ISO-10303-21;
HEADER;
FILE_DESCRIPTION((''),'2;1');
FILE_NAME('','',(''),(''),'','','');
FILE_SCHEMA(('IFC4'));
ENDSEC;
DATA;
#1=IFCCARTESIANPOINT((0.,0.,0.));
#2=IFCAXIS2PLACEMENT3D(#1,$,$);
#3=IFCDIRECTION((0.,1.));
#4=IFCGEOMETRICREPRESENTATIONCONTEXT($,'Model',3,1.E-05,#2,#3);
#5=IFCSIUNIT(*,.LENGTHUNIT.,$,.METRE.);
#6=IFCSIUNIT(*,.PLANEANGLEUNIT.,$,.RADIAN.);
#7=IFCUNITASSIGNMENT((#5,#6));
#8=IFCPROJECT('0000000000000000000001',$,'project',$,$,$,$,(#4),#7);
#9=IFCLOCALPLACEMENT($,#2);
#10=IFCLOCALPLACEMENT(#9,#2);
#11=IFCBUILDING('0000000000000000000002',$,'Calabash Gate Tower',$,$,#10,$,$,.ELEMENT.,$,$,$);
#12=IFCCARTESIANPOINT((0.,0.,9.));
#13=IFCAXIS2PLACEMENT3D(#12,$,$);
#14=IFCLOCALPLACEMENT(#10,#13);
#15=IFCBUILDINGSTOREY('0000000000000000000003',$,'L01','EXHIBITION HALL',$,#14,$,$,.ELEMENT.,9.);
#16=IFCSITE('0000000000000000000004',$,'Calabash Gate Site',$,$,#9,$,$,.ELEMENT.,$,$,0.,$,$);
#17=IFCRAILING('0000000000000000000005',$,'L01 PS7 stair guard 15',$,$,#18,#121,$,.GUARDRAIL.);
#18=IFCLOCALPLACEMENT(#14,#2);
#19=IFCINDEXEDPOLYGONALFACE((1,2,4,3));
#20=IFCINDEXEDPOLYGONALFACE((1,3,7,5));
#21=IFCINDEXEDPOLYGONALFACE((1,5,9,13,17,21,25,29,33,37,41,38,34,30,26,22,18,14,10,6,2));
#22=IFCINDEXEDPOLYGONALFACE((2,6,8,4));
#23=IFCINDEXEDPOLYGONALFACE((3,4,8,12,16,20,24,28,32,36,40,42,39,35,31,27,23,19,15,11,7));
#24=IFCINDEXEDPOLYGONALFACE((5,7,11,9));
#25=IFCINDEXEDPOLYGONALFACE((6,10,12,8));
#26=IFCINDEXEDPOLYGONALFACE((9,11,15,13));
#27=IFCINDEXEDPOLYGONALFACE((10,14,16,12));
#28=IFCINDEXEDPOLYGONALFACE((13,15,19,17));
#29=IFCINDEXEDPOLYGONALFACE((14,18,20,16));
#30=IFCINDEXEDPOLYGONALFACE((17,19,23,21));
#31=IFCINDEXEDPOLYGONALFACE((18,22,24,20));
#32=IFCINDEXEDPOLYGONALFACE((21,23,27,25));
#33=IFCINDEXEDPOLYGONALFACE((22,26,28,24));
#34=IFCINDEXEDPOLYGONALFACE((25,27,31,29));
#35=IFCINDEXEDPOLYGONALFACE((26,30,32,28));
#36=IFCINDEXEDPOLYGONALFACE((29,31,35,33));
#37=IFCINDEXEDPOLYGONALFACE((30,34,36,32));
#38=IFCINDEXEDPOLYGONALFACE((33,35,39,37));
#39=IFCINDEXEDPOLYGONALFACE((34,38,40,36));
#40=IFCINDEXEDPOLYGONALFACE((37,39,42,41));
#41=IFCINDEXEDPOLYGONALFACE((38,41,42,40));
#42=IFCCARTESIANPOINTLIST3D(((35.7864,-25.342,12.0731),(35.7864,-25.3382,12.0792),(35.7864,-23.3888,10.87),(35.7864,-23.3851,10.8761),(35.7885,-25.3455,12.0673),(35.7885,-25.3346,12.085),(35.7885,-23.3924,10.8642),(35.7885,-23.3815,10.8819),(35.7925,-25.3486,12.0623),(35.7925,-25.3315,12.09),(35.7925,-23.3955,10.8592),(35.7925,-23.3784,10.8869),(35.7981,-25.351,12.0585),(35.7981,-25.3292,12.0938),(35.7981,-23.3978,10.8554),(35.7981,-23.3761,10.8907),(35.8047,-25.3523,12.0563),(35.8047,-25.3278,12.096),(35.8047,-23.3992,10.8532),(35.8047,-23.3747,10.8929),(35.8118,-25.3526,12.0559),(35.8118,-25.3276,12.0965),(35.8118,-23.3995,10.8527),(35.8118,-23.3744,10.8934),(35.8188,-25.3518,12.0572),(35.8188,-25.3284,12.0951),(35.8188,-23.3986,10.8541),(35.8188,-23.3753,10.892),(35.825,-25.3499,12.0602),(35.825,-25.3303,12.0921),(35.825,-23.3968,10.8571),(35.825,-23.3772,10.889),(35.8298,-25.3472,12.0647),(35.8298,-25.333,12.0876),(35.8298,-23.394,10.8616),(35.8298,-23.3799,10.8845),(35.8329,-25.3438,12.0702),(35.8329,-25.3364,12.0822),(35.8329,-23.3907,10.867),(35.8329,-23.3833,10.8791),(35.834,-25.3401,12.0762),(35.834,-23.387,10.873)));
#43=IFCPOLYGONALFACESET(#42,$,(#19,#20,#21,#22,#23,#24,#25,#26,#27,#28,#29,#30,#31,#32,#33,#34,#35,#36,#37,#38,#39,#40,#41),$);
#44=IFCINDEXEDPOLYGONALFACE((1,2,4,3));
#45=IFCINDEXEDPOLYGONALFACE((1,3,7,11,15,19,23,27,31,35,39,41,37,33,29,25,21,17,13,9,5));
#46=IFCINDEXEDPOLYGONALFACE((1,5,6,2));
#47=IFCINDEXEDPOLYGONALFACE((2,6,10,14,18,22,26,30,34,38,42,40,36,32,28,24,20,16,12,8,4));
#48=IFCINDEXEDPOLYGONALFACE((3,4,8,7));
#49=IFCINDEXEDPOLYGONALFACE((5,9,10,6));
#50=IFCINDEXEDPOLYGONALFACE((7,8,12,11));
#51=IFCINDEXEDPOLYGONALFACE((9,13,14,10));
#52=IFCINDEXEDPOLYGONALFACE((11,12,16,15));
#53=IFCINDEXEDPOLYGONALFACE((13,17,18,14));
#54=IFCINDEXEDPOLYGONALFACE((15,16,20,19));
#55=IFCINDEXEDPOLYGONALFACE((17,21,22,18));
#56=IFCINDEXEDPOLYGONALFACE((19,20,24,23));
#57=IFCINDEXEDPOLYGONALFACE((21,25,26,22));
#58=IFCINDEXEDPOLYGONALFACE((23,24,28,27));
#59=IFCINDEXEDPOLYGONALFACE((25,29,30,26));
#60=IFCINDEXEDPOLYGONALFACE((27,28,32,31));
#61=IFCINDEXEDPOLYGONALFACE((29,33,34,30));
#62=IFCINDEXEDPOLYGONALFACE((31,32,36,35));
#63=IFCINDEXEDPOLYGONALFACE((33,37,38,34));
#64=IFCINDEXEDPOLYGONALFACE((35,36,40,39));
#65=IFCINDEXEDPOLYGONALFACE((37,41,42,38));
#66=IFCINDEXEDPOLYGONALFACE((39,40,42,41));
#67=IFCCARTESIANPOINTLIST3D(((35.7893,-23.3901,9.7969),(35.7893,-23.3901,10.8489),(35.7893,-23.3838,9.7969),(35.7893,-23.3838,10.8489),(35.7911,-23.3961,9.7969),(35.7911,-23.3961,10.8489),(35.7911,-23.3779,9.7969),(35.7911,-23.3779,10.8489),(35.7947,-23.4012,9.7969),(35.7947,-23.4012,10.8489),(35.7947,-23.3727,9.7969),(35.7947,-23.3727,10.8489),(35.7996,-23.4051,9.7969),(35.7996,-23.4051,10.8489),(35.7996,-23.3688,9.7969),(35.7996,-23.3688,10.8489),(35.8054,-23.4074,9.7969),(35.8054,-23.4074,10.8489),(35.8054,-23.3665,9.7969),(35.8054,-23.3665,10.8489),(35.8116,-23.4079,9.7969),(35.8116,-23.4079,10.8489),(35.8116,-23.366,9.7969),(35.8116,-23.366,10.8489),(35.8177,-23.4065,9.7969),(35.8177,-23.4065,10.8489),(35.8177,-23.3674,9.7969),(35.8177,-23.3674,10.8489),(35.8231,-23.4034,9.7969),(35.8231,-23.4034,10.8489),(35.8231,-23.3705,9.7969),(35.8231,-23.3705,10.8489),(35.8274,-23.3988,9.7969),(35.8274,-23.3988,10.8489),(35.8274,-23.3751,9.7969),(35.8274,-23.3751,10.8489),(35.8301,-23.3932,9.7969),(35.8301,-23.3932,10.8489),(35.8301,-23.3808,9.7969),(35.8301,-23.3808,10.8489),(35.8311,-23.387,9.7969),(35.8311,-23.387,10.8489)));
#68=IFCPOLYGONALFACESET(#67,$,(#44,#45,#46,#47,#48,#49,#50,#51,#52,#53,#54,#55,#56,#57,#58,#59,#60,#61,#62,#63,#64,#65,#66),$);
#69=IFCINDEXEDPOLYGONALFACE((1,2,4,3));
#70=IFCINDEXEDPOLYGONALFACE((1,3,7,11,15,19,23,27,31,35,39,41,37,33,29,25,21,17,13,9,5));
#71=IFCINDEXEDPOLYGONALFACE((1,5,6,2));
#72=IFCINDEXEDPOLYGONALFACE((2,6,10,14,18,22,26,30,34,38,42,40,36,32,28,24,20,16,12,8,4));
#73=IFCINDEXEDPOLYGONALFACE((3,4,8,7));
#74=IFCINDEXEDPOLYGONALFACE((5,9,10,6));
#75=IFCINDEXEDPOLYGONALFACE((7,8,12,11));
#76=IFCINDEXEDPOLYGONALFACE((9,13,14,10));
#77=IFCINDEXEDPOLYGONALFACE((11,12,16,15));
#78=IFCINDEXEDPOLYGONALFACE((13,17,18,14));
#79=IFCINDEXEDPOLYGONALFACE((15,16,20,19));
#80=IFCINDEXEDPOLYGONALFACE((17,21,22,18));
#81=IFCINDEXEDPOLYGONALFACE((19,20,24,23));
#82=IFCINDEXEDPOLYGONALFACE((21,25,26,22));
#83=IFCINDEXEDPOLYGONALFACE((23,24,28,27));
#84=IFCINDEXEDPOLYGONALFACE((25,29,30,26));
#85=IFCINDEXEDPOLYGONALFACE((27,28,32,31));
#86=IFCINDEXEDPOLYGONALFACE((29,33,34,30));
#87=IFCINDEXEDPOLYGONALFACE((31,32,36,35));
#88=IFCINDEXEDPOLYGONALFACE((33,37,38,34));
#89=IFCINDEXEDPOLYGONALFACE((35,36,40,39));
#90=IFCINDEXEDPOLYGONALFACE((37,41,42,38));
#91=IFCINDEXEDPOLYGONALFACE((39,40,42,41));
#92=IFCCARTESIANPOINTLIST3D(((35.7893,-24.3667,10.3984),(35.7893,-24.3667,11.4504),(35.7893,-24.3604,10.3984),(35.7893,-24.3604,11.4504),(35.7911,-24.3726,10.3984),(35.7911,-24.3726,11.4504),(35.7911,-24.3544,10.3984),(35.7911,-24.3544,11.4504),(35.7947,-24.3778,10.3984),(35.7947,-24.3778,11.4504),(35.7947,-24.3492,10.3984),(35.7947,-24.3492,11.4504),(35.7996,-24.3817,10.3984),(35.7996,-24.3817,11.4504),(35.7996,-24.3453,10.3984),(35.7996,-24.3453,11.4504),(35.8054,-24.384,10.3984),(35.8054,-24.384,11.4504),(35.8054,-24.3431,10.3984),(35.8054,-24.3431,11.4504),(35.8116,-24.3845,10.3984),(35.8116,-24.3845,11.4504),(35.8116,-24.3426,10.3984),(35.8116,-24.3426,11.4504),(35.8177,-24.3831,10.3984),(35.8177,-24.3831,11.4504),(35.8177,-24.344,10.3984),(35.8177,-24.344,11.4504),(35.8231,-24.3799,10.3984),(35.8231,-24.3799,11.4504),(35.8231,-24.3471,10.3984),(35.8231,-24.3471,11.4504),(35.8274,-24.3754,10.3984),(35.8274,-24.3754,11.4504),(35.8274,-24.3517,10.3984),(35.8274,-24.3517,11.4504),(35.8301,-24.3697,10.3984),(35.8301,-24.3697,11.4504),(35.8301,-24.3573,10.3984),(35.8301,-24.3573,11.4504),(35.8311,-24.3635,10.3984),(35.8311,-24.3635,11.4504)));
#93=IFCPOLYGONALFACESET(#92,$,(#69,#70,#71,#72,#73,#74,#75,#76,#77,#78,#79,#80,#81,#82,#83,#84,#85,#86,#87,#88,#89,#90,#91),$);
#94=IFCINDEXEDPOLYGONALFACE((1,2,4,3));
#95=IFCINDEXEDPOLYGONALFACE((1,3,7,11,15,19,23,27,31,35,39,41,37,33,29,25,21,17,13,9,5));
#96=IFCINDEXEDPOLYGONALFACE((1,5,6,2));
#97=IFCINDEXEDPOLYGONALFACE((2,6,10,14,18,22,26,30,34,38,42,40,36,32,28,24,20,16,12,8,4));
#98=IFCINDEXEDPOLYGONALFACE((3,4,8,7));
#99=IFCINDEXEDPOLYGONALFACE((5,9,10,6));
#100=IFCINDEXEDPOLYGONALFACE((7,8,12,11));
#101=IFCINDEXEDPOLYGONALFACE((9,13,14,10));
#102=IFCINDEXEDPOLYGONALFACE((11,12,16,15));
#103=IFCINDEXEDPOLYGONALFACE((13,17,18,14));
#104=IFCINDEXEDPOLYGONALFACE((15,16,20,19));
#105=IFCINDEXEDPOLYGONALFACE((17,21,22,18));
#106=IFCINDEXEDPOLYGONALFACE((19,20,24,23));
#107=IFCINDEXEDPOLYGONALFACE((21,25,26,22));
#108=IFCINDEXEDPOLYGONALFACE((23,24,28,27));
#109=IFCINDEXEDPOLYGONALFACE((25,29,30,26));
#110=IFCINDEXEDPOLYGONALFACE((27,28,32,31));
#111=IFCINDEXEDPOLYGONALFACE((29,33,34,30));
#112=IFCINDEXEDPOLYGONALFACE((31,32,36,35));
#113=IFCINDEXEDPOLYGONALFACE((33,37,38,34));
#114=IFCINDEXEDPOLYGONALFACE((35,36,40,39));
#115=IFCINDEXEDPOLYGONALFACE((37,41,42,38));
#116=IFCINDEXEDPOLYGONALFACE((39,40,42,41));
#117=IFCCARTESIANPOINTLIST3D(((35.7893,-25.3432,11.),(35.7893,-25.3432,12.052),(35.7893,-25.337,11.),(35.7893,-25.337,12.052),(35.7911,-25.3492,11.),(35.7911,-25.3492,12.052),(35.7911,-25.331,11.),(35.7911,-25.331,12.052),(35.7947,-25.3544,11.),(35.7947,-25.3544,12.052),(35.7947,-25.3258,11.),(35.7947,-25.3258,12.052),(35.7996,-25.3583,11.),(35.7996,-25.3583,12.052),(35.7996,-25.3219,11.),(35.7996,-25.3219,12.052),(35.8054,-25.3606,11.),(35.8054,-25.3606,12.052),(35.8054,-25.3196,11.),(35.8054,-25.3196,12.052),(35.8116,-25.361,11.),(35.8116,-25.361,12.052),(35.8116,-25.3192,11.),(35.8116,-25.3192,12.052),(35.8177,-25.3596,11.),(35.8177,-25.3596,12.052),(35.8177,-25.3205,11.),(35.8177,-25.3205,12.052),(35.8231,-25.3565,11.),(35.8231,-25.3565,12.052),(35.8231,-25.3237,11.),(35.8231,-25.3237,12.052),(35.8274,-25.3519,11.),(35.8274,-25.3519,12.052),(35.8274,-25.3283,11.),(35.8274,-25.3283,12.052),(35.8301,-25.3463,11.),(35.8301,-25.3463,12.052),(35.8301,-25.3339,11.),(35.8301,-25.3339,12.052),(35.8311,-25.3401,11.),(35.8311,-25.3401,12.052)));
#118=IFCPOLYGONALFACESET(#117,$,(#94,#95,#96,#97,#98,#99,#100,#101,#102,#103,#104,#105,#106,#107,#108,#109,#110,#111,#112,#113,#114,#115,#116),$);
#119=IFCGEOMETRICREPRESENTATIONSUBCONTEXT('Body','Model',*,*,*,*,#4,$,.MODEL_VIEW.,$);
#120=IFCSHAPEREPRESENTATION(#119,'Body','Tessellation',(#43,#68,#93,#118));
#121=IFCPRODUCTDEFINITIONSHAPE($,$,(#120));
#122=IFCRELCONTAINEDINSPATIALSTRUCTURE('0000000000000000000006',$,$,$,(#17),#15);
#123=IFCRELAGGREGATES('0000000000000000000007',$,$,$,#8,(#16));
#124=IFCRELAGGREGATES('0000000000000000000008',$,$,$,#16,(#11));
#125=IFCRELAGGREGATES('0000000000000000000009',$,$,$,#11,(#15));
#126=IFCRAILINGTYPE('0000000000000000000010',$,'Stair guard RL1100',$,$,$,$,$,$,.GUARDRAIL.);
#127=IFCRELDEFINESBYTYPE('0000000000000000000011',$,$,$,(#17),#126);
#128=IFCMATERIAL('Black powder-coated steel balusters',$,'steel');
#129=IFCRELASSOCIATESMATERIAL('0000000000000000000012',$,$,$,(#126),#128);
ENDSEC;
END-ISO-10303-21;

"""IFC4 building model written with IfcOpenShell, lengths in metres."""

from ifc_helpers import new_model, si_unit, direction, frame, origin, origin_2d, place, context, subcontext, project, spatial, circle, extrude, material, type_object, element, save


model = new_model("IFC4")

# Units and contexts
model_context = context("Model", 3, precision=1e-05, world=origin(), true_north=direction((0.0, 1.0)))
body_context = subcontext(model_context, "Body", "Model", "MODEL_VIEW")
ifc_project = project(units=[si_unit("LENGTHUNIT", "METRE"), si_unit("PLANEANGLEUNIT", "RADIAN")], contexts=[model_context])

# Site, building, storey
site_placement = place(None, origin())
site = spatial("IfcSite", under=ifc_project, at=site_placement, Name="Calabash Gate Site", CompositionType="ELEMENT", RefElevation=0.0)
building_placement = place(site_placement, origin())
building = spatial("IfcBuilding", under=site, at=building_placement, Name="Calabash Gate Tower", CompositionType="ELEMENT")
storey_placement = place(building_placement, frame((0.0, 0.0, 9.0)))
storey = spatial("IfcBuildingStorey", under=building, at=storey_placement, Name="L01", Description="EXHIBITION HALL", CompositionType="ELEMENT", Elevation=9.0)

# Railing
ifc_material_1 = material(Name="Black powder-coated steel balusters", Category="steel")
railing_type_1 = type_object("IfcRailingType", Name="Stair guard RL1100", PredefinedType="GUARDRAIL", material=ifc_material_1)
for number, where, name in (
    (1, (35.8101, -23.387, 9.7969), "L01 PS7 stair guard 15"),
):
    element("IfcRailing", number, at=place(storey_placement, frame(where)), inside=storey, type_object=railing_type_1, Name=name, PredefinedType="GUARDRAIL", context=body_context, shape_type="SweptSolid", body=[
        extrude(circle(Radius=0.0239, at=origin_2d()), frame((0.0, 0.0, 1.0762), z_axis=(0.0, -0.851424, 0.524477), x_axis=(1.0, 0.0, 0.0)), (0.0, 0.0, 1.0), 2.2939),
        extrude(circle(Radius=0.021, at=origin_2d()), origin(), (0.0, 0.0, 1.0), 1.052),
        extrude(circle(Radius=0.021, at=origin_2d()), frame((0.0, -0.9766, 0.6016)), (0.0, 0.0, 1.0), 1.052),
        extrude(circle(Radius=0.021, at=origin_2d()), frame((0.0, -1.9531, 1.2031)), (0.0, 0.0, 1.0), 1.052),
    ])

save(model, "model.ifc")
